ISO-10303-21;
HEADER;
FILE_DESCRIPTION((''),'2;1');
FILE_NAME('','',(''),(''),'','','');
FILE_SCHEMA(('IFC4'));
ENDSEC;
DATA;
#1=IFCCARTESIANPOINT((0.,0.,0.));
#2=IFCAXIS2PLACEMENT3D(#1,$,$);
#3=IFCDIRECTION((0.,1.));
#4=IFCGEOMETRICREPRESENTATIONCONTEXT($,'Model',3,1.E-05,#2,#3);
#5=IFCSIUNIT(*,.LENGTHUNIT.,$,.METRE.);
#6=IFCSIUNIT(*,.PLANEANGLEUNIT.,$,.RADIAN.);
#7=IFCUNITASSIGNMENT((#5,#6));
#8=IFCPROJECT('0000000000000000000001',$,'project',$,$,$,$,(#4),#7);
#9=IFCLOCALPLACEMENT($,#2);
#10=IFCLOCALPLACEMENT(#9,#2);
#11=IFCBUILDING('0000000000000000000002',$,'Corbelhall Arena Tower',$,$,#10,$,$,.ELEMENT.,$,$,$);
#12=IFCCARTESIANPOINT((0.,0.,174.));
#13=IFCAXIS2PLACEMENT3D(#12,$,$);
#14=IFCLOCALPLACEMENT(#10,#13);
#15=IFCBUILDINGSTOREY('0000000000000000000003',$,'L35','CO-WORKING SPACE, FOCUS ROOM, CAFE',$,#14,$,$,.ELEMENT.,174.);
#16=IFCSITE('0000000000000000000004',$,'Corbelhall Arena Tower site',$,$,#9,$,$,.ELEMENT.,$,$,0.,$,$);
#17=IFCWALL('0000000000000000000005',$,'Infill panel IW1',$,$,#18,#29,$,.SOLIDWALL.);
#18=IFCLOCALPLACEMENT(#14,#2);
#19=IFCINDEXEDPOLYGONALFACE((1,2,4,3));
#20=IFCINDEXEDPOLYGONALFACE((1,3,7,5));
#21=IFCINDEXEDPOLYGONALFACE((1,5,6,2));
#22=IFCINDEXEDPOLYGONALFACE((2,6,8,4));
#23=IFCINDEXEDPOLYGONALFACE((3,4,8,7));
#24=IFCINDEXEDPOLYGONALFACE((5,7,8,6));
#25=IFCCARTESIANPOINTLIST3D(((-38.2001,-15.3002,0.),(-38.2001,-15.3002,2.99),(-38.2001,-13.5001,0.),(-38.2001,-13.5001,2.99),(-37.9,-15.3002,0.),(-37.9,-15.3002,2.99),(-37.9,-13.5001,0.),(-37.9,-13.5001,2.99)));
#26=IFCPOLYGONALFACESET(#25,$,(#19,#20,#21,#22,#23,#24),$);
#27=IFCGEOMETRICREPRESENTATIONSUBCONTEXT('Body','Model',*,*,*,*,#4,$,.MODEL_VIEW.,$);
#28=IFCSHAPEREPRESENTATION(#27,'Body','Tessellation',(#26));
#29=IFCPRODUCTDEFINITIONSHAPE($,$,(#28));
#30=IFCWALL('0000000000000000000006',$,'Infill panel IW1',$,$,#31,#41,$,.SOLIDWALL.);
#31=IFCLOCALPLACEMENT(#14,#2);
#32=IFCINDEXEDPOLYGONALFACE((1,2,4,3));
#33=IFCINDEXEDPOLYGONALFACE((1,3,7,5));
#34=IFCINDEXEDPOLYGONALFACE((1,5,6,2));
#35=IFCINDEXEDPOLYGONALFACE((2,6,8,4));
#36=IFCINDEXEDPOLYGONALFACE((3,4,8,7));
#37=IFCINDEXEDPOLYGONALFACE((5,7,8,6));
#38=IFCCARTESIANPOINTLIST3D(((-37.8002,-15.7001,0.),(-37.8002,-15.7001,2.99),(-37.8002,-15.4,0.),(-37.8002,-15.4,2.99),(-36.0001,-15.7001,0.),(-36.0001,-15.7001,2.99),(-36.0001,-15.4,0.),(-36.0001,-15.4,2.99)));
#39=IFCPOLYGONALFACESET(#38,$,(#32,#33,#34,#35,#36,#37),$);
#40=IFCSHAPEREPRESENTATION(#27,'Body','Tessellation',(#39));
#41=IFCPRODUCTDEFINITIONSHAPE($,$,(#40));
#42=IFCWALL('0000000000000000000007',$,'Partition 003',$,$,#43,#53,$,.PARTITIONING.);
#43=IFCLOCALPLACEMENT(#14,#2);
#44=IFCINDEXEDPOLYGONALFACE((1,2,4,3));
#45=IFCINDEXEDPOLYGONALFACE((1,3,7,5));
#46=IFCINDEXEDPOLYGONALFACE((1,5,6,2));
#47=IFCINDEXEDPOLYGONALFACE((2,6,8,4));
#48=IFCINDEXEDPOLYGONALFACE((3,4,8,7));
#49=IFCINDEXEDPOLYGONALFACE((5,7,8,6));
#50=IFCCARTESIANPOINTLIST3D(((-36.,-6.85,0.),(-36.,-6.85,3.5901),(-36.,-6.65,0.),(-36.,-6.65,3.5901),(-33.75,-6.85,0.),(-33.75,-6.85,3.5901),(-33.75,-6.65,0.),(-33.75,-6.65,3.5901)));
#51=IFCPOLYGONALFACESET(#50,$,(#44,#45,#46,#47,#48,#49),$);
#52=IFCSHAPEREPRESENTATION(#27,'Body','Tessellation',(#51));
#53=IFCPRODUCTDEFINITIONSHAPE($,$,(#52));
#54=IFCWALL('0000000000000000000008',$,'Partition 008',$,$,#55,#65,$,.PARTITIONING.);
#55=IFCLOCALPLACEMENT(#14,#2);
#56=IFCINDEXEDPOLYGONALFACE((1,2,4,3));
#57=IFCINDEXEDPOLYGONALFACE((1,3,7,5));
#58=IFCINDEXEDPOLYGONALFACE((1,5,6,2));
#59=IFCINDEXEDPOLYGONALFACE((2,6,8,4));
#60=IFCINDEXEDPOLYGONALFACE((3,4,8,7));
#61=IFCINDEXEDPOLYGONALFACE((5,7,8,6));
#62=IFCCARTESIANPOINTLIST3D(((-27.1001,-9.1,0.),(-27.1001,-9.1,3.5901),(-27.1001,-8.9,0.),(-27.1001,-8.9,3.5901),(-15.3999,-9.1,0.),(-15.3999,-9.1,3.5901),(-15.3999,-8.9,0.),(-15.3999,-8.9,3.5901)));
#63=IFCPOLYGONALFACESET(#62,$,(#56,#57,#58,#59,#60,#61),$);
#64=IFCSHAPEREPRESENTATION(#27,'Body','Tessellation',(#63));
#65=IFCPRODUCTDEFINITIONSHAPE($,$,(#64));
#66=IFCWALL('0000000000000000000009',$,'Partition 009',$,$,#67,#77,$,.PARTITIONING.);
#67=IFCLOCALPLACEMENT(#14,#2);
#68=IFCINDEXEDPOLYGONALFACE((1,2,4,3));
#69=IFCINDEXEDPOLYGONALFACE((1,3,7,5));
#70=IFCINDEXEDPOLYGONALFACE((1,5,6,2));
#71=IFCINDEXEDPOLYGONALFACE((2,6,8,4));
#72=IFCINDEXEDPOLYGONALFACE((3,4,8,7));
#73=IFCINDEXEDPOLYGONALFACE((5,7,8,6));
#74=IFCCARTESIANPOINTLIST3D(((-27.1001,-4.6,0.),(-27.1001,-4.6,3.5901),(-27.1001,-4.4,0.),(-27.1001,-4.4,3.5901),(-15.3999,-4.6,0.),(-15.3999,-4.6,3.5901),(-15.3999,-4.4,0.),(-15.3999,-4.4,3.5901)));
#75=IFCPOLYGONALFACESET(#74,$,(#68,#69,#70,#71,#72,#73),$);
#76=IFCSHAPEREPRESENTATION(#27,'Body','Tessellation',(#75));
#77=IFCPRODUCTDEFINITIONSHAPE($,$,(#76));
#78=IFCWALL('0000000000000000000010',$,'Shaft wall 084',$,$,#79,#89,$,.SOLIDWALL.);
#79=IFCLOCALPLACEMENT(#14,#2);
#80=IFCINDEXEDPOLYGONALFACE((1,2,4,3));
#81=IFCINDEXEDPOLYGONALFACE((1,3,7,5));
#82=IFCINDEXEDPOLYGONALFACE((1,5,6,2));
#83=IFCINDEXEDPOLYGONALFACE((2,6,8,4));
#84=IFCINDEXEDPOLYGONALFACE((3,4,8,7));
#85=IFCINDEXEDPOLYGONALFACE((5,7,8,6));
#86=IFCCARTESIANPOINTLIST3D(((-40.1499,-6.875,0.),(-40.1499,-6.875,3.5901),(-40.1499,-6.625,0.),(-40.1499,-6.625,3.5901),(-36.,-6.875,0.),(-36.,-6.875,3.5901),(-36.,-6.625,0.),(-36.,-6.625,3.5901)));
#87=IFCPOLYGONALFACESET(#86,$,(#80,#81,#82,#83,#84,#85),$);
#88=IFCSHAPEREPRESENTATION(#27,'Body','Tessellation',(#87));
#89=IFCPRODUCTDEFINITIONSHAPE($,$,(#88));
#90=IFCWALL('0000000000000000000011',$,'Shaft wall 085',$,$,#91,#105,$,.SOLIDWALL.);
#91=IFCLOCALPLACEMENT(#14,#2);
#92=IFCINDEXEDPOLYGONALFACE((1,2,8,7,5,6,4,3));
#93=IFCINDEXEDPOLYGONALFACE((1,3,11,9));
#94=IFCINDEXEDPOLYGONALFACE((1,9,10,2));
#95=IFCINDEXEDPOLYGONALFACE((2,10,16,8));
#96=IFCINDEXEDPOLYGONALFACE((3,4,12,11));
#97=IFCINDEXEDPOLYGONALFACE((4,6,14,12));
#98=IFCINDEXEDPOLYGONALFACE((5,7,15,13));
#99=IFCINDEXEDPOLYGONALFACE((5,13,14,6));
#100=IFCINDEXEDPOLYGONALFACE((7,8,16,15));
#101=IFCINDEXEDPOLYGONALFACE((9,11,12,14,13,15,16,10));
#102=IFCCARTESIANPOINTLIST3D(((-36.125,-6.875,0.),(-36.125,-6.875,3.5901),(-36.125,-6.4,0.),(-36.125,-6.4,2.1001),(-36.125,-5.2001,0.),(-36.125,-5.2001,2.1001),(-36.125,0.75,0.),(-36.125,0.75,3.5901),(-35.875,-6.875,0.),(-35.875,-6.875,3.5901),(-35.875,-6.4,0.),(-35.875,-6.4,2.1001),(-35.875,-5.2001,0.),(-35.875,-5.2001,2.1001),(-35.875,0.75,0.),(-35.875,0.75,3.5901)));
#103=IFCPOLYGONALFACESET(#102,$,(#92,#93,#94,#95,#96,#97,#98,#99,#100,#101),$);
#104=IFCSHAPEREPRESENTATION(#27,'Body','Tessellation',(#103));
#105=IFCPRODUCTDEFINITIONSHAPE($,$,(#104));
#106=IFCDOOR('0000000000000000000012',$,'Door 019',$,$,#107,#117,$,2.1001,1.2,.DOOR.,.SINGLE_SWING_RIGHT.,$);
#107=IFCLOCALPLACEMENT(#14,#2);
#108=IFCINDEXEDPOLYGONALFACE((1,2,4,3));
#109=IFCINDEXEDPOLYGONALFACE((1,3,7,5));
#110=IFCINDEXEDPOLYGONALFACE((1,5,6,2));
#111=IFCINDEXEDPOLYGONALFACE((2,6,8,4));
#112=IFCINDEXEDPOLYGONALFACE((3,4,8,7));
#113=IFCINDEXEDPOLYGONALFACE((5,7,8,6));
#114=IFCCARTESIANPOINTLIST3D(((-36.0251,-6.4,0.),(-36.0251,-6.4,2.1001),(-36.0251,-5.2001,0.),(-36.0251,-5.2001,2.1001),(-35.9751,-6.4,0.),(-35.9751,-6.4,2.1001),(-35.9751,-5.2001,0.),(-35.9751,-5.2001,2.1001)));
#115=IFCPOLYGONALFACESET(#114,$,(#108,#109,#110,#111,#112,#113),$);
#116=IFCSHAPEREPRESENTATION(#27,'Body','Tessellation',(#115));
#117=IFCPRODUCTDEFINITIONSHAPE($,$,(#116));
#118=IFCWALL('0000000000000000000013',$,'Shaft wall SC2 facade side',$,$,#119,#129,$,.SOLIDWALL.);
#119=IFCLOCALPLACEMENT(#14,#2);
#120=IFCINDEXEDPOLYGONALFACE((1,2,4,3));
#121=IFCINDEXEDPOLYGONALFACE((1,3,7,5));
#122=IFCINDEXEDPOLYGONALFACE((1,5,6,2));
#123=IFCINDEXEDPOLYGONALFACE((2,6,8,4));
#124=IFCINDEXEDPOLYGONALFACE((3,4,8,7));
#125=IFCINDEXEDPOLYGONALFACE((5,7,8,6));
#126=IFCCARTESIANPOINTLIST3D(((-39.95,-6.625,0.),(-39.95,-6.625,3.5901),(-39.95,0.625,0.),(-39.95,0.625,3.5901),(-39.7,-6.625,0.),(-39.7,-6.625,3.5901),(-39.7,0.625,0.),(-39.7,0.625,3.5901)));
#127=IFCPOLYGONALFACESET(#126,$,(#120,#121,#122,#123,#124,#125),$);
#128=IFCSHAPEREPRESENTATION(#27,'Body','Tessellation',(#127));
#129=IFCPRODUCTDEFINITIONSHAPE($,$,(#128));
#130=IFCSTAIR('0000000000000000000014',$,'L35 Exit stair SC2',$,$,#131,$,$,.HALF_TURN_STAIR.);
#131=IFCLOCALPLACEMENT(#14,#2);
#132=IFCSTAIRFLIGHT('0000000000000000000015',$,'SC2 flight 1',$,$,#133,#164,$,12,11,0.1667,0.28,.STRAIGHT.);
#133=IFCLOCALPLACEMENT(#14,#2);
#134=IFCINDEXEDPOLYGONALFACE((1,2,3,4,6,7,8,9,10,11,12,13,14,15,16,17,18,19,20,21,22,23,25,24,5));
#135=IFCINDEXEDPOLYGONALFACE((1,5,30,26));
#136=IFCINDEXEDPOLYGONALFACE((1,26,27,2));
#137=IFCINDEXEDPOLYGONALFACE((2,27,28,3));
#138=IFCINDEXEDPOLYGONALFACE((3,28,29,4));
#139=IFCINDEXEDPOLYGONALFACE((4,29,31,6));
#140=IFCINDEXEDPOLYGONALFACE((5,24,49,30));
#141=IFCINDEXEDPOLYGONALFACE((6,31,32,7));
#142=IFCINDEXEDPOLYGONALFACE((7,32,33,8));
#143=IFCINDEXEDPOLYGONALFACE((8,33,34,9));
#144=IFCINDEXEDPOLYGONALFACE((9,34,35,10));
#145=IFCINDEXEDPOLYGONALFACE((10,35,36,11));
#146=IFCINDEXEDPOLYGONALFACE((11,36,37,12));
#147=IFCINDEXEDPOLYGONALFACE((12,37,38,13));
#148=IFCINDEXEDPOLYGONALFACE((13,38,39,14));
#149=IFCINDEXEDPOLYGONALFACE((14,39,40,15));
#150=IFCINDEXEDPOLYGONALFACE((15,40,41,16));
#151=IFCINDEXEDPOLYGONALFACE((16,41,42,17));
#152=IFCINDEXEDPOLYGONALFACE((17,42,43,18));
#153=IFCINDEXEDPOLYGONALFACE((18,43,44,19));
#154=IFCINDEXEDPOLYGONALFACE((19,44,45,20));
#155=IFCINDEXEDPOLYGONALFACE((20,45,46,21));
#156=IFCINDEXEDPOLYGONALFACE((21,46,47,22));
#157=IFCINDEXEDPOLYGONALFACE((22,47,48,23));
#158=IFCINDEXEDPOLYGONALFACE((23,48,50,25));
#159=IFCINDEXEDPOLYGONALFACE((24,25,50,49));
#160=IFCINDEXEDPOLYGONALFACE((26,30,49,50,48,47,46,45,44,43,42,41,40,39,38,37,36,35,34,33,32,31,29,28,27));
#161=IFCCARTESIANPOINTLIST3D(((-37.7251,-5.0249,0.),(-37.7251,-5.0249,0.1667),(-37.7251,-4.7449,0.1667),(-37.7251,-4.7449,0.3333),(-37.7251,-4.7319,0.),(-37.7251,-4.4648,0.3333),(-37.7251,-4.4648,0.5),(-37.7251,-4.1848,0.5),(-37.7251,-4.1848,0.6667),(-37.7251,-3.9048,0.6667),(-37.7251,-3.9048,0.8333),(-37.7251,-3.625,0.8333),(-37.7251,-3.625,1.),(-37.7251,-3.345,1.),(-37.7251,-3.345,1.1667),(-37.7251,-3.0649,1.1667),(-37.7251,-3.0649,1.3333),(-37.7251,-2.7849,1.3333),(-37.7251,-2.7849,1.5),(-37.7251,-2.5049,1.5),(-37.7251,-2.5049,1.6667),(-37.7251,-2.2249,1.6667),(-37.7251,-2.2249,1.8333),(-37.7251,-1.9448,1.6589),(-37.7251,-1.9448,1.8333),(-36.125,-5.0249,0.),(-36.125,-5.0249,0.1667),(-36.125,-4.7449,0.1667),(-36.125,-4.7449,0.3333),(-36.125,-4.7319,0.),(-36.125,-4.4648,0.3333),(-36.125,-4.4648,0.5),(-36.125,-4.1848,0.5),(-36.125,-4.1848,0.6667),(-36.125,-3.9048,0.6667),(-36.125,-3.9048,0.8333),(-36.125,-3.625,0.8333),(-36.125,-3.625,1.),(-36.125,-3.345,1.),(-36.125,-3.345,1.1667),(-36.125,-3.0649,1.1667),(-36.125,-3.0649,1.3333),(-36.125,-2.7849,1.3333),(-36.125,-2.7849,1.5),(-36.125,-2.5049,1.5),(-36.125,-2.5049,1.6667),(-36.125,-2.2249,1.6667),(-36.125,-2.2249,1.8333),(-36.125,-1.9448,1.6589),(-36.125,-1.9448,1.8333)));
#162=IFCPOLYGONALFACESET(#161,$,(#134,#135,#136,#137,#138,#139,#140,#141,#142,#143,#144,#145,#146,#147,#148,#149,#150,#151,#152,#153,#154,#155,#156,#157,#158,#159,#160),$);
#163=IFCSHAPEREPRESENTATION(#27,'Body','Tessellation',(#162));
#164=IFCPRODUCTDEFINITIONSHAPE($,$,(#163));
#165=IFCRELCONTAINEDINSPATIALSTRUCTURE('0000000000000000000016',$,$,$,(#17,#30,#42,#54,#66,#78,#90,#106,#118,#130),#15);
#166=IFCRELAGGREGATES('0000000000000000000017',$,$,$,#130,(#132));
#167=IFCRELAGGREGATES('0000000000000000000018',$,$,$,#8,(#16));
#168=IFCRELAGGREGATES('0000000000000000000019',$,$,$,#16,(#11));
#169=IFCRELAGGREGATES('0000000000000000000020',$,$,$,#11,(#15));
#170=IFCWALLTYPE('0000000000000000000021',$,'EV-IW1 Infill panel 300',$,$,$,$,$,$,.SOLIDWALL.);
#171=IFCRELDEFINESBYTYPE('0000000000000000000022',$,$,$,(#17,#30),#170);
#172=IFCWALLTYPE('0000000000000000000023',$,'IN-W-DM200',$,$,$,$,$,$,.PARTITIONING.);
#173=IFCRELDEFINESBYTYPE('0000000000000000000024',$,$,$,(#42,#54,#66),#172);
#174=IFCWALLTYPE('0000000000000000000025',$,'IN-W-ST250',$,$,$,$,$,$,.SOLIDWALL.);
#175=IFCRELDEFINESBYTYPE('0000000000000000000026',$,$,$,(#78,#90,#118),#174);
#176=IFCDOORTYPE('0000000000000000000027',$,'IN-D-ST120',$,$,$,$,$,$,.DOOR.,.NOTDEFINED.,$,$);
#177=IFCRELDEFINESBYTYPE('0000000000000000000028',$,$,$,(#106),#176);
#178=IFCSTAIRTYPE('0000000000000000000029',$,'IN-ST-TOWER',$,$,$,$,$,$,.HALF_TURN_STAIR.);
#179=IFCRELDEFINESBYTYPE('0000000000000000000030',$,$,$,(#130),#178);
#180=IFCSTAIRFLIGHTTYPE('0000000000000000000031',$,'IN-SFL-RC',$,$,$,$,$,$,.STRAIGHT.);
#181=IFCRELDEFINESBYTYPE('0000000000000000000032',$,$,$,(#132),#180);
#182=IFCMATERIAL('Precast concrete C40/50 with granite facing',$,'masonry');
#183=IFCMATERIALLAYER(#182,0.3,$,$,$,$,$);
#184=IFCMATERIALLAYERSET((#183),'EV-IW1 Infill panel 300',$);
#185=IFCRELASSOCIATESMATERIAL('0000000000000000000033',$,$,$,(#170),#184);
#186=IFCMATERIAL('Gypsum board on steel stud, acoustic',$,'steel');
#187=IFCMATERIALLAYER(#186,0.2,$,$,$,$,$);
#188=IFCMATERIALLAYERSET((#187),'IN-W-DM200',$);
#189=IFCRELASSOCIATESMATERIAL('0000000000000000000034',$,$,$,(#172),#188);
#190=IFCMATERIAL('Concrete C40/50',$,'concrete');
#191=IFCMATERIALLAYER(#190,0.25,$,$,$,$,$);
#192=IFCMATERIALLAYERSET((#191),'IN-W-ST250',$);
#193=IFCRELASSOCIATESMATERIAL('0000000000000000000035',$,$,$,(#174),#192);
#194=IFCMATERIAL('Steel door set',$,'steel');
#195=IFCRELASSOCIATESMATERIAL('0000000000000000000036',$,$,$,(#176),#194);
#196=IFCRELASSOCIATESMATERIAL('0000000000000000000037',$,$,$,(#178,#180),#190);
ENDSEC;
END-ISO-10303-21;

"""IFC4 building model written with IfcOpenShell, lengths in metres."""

from ifc_helpers import new_model, si_unit, direction, frame, frame_2d, origin, place, context, subcontext, project, spatial, polyline, rectangle, outline, extrude, material, layer, layer_set, type_object, element, fill, aggregate, save


model = new_model("IFC4")

# Units and contexts
model_context = context("Model", 3, precision=1e-05, world=origin(), true_north=direction((0.0, 1.0)))
body_context = subcontext(model_context, "Body", "Model", "MODEL_VIEW")
ifc_project = project(units=[si_unit("LENGTHUNIT", "METRE"), si_unit("PLANEANGLEUNIT", "RADIAN")], contexts=[model_context])

# Site, building, storey
site_placement = place(None, origin())
site = spatial("IfcSite", under=ifc_project, at=site_placement, Name="Corbelhall Arena Tower site", CompositionType="ELEMENT", RefElevation=0.0)
building_placement = place(site_placement, origin())
building = spatial("IfcBuilding", under=site, at=building_placement, Name="Corbelhall Arena Tower", CompositionType="ELEMENT")
storey_placement = place(building_placement, frame((0.0, 0.0, 174.0)))
storey = spatial("IfcBuildingStorey", under=building, at=storey_placement, Name="L35", Description="CO-WORKING SPACE, FOCUS ROOM, CAFE", CompositionType="ELEMENT", Elevation=174.0)

# Walls
ifc_material_1 = material(Name="Precast concrete C40/50 with granite facing", Category="masonry")
ifc_layer_1 = layer(ifc_material_1, 0.3)
ifc_layer_set_1 = layer_set([ifc_layer_1], Name="EV-IW1 Infill panel 300")
wall_type_1 = type_object("IfcWallType", Name="EV-IW1 Infill panel 300", PredefinedType="SOLIDWALL", material=ifc_layer_set_1)
for number, where, z_axis, x_axis, name in (
    (1, (-38.05, -15.3, 0.0), (0.0, 0.0, 1.0), (0.0, 1.0, 0.0), "Infill panel IW1"),
    (2, (-37.8, -15.55, 0.0), (0.0, 0.0, 1.0), (1.0, 0.0, 0.0), "Infill panel IW1"),
):
    element("IfcWall", number, at=place(storey_placement, frame(where, z_axis=z_axis, x_axis=x_axis)), inside=storey, type_object=wall_type_1, Name=name, PredefinedType="SOLIDWALL", context=body_context, shape_type="SweptSolid", body=[
        extrude(rectangle(XDim=1.8, YDim=0.3, at=frame_2d((0.8999, 0.0))), origin(), (0.0, 0.0, 1.0), 2.99),
    ])

# Walls
ifc_material_2 = material(Name="Gypsum board on steel stud, acoustic", Category="steel")
ifc_layer_2 = layer(ifc_material_2, 0.2)
ifc_layer_set_2 = layer_set([ifc_layer_2], Name="IN-W-DM200")
wall_type_2 = type_object("IfcWallType", Name="IN-W-DM200", PredefinedType="PARTITIONING", material=ifc_layer_set_2)
wall_1_placement = place(storey_placement, frame((-33.75, -6.75, 0.0), z_axis=(0.0, 0.0, 1.0), x_axis=(-1.0, 0.0, 0.0)))
element("IfcWall", 3, at=wall_1_placement, inside=storey, type_object=wall_type_2, Name="Partition 003", PredefinedType="PARTITIONING", context=body_context, shape_type="SweptSolid", body=[
    extrude(rectangle(XDim=2.25, YDim=0.2, at=frame_2d((1.125, 0.0))), origin(), (0.0, 0.0, 1.0), 3.5901),
])
for number, where, z_axis, x_axis, name in (
    (4, (-27.1001, -9.0, 0.0), (0.0, 0.0, 1.0), (1.0, 0.0, 0.0), "Partition 008"),
    (5, (-27.1001, -4.5, 0.0), (0.0, 0.0, 1.0), (1.0, 0.0, 0.0), "Partition 009"),
):
    element("IfcWall", number, at=place(storey_placement, frame(where, z_axis=z_axis, x_axis=x_axis)), inside=storey, type_object=wall_type_2, Name=name, PredefinedType="PARTITIONING", context=body_context, shape_type="SweptSolid", body=[
        extrude(rectangle(XDim=11.7002, YDim=0.2, at=frame_2d((5.8501, 0.0))), origin(), (0.0, 0.0, 1.0), 3.5901),
    ])
ifc_material_3 = material(Name="Concrete C40/50", Category="concrete")
ifc_layer_3 = layer(ifc_material_3, 0.25)
ifc_layer_set_3 = layer_set([ifc_layer_3], Name="IN-W-ST250")
wall_type_3 = type_object("IfcWallType", Name="IN-W-ST250", PredefinedType="SOLIDWALL", material=ifc_layer_set_3)
wall_2_placement = place(storey_placement, frame((-36.0, -6.75, 0.0), z_axis=(0.0, 0.0, 1.0), x_axis=(-1.0, 0.0, 0.0)))
element("IfcWall", 6, at=wall_2_placement, inside=storey, type_object=wall_type_3, Name="Shaft wall 084", PredefinedType="SOLIDWALL", context=body_context, shape_type="SweptSolid", body=[
    extrude(rectangle(XDim=4.1499, YDim=0.25, at=frame_2d((2.075, 0.0))), origin(), (0.0, 0.0, 1.0), 3.5901),
])

# Wall, opening, door
wall_3_placement = place(storey_placement, frame((-36.0, 0.75, 0.0), z_axis=(0.0, 0.0, 1.0), x_axis=(0.0, -1.0, 0.0)))
wall_3 = element("IfcWall", 7, at=wall_3_placement, inside=storey, type_object=wall_type_3, Name="Shaft wall 085", PredefinedType="SOLIDWALL", context=body_context, shape_type="SweptSolid", body=[
    extrude(rectangle(XDim=7.625, YDim=0.25, at=frame_2d((3.8125, 0.0))), origin(), (0.0, 0.0, 1.0), 3.5901),
])
opening_1_placement = place(wall_3_placement, frame((5.95, 0.0, 0.0)))
opening_1 = element("IfcOpeningElement", 8, at=opening_1_placement, cuts=wall_3, PredefinedType="OPENING", context=body_context, shape_type="SweptSolid", body=[
    extrude(rectangle(XDim=1.2, YDim=2.1001, at=frame_2d((0.6001, 1.05))), frame((0.0, 0.125, 0.0), z_axis=(0.0, -1.0, 0.0), x_axis=(1.0, 0.0, 0.0)), (0.0, 0.0, 1.0), 0.25),
])
ifc_material_4 = material(Name="Steel door set", Category="steel")
door_type = type_object("IfcDoorType", Name="IN-D-ST120", OperationType="NOTDEFINED", PredefinedType="DOOR", material=ifc_material_4)
door_placement = place(opening_1_placement, origin())
door = element("IfcDoor", 9, at=door_placement, inside=storey, type_object=door_type, Name="Door 019", OperationType="SINGLE_SWING_RIGHT", OverallHeight=2.1001, OverallWidth=1.2, PredefinedType="DOOR", context=body_context, shape_type="SweptSolid", body=[
    extrude(rectangle(XDim=1.2, YDim=2.1001, at=frame_2d((0.6001, 1.05))), frame((0.0, 0.0249, 0.0), z_axis=(0.0, -1.0, 0.0), x_axis=(1.0, 0.0, 0.0)), (0.0, 0.0, 1.0), 0.05),
])
fill(opening_1, door)

# Wall
wall_4_placement = place(storey_placement, frame((-39.825, -6.625, 0.0), z_axis=(0.0, 0.0, 1.0), x_axis=(0.0, 1.0, 0.0)))
element("IfcWall", 10, at=wall_4_placement, inside=storey, type_object=wall_type_3, Name="Shaft wall SC2 facade side", PredefinedType="SOLIDWALL", context=body_context, shape_type="SweptSolid", body=[
    extrude(rectangle(XDim=7.25, YDim=0.25, at=frame_2d((3.625, 0.0))), origin(), (0.0, 0.0, 1.0), 3.5901),
])

# Stair, stair flight
stair_type = type_object("IfcStairType", Name="IN-ST-TOWER", PredefinedType="HALF_TURN_STAIR", material=ifc_material_3)
stair_placement = place(storey_placement, origin())
stair = element("IfcStair", 11, at=stair_placement, inside=storey, type_object=stair_type, Name="L35 Exit stair SC2", PredefinedType="HALF_TURN_STAIR")
stair_flight_type = type_object("IfcStairFlightType", Name="IN-SFL-RC", PredefinedType="STRAIGHT", material=ifc_material_3)
stair_flight_1_placement = place(storey_placement, frame((-36.925, -5.0249, 0.0), z_axis=(0.0, 0.0, 1.0), x_axis=(0.0, 1.0, 0.0)))
stair_flight_1 = element("IfcStairFlight", 12, at=stair_flight_1_placement, type_object=stair_flight_type, Name="SC2 flight 1", NumberOfRisers=12, NumberOfTreads=11, PredefinedType="STRAIGHT", RiserHeight=0.1667, TreadLength=0.28, context=body_context, shape_type="SweptSolid", body=[
    extrude(outline(polyline([(0.0, 0.0), (0.0, 0.1667), (0.28, 0.1667), (0.28, 0.3333), (0.5601, 0.3333), (0.5601, 0.5), (0.8401, 0.5), (0.8401, 0.6667), (1.1201, 0.6667), (1.1201, 0.8333), (1.3999, 0.8333), (1.3999, 1.0), (1.6799, 1.0), (1.6799, 1.1667), (1.96, 1.1667), (1.96, 1.3333), (2.24, 1.3333), (2.24, 1.5), (2.52, 1.5), (2.52, 1.6667), (2.8, 1.6667), (2.8, 1.8333), (3.0801, 1.8333), (3.0801, 2.0), (3.0801, 1.6589), (0.293, 0.0), (0.0, 0.0)])), frame((0.0, 0.8, 0.0), z_axis=(0.0, -1.0, 0.0), x_axis=(1.0, 0.0, 0.0)), (0.0, 0.0, 1.0), 1.6001),
])
aggregate(stair, [stair_flight_1])

save(model, "model.ifc")
